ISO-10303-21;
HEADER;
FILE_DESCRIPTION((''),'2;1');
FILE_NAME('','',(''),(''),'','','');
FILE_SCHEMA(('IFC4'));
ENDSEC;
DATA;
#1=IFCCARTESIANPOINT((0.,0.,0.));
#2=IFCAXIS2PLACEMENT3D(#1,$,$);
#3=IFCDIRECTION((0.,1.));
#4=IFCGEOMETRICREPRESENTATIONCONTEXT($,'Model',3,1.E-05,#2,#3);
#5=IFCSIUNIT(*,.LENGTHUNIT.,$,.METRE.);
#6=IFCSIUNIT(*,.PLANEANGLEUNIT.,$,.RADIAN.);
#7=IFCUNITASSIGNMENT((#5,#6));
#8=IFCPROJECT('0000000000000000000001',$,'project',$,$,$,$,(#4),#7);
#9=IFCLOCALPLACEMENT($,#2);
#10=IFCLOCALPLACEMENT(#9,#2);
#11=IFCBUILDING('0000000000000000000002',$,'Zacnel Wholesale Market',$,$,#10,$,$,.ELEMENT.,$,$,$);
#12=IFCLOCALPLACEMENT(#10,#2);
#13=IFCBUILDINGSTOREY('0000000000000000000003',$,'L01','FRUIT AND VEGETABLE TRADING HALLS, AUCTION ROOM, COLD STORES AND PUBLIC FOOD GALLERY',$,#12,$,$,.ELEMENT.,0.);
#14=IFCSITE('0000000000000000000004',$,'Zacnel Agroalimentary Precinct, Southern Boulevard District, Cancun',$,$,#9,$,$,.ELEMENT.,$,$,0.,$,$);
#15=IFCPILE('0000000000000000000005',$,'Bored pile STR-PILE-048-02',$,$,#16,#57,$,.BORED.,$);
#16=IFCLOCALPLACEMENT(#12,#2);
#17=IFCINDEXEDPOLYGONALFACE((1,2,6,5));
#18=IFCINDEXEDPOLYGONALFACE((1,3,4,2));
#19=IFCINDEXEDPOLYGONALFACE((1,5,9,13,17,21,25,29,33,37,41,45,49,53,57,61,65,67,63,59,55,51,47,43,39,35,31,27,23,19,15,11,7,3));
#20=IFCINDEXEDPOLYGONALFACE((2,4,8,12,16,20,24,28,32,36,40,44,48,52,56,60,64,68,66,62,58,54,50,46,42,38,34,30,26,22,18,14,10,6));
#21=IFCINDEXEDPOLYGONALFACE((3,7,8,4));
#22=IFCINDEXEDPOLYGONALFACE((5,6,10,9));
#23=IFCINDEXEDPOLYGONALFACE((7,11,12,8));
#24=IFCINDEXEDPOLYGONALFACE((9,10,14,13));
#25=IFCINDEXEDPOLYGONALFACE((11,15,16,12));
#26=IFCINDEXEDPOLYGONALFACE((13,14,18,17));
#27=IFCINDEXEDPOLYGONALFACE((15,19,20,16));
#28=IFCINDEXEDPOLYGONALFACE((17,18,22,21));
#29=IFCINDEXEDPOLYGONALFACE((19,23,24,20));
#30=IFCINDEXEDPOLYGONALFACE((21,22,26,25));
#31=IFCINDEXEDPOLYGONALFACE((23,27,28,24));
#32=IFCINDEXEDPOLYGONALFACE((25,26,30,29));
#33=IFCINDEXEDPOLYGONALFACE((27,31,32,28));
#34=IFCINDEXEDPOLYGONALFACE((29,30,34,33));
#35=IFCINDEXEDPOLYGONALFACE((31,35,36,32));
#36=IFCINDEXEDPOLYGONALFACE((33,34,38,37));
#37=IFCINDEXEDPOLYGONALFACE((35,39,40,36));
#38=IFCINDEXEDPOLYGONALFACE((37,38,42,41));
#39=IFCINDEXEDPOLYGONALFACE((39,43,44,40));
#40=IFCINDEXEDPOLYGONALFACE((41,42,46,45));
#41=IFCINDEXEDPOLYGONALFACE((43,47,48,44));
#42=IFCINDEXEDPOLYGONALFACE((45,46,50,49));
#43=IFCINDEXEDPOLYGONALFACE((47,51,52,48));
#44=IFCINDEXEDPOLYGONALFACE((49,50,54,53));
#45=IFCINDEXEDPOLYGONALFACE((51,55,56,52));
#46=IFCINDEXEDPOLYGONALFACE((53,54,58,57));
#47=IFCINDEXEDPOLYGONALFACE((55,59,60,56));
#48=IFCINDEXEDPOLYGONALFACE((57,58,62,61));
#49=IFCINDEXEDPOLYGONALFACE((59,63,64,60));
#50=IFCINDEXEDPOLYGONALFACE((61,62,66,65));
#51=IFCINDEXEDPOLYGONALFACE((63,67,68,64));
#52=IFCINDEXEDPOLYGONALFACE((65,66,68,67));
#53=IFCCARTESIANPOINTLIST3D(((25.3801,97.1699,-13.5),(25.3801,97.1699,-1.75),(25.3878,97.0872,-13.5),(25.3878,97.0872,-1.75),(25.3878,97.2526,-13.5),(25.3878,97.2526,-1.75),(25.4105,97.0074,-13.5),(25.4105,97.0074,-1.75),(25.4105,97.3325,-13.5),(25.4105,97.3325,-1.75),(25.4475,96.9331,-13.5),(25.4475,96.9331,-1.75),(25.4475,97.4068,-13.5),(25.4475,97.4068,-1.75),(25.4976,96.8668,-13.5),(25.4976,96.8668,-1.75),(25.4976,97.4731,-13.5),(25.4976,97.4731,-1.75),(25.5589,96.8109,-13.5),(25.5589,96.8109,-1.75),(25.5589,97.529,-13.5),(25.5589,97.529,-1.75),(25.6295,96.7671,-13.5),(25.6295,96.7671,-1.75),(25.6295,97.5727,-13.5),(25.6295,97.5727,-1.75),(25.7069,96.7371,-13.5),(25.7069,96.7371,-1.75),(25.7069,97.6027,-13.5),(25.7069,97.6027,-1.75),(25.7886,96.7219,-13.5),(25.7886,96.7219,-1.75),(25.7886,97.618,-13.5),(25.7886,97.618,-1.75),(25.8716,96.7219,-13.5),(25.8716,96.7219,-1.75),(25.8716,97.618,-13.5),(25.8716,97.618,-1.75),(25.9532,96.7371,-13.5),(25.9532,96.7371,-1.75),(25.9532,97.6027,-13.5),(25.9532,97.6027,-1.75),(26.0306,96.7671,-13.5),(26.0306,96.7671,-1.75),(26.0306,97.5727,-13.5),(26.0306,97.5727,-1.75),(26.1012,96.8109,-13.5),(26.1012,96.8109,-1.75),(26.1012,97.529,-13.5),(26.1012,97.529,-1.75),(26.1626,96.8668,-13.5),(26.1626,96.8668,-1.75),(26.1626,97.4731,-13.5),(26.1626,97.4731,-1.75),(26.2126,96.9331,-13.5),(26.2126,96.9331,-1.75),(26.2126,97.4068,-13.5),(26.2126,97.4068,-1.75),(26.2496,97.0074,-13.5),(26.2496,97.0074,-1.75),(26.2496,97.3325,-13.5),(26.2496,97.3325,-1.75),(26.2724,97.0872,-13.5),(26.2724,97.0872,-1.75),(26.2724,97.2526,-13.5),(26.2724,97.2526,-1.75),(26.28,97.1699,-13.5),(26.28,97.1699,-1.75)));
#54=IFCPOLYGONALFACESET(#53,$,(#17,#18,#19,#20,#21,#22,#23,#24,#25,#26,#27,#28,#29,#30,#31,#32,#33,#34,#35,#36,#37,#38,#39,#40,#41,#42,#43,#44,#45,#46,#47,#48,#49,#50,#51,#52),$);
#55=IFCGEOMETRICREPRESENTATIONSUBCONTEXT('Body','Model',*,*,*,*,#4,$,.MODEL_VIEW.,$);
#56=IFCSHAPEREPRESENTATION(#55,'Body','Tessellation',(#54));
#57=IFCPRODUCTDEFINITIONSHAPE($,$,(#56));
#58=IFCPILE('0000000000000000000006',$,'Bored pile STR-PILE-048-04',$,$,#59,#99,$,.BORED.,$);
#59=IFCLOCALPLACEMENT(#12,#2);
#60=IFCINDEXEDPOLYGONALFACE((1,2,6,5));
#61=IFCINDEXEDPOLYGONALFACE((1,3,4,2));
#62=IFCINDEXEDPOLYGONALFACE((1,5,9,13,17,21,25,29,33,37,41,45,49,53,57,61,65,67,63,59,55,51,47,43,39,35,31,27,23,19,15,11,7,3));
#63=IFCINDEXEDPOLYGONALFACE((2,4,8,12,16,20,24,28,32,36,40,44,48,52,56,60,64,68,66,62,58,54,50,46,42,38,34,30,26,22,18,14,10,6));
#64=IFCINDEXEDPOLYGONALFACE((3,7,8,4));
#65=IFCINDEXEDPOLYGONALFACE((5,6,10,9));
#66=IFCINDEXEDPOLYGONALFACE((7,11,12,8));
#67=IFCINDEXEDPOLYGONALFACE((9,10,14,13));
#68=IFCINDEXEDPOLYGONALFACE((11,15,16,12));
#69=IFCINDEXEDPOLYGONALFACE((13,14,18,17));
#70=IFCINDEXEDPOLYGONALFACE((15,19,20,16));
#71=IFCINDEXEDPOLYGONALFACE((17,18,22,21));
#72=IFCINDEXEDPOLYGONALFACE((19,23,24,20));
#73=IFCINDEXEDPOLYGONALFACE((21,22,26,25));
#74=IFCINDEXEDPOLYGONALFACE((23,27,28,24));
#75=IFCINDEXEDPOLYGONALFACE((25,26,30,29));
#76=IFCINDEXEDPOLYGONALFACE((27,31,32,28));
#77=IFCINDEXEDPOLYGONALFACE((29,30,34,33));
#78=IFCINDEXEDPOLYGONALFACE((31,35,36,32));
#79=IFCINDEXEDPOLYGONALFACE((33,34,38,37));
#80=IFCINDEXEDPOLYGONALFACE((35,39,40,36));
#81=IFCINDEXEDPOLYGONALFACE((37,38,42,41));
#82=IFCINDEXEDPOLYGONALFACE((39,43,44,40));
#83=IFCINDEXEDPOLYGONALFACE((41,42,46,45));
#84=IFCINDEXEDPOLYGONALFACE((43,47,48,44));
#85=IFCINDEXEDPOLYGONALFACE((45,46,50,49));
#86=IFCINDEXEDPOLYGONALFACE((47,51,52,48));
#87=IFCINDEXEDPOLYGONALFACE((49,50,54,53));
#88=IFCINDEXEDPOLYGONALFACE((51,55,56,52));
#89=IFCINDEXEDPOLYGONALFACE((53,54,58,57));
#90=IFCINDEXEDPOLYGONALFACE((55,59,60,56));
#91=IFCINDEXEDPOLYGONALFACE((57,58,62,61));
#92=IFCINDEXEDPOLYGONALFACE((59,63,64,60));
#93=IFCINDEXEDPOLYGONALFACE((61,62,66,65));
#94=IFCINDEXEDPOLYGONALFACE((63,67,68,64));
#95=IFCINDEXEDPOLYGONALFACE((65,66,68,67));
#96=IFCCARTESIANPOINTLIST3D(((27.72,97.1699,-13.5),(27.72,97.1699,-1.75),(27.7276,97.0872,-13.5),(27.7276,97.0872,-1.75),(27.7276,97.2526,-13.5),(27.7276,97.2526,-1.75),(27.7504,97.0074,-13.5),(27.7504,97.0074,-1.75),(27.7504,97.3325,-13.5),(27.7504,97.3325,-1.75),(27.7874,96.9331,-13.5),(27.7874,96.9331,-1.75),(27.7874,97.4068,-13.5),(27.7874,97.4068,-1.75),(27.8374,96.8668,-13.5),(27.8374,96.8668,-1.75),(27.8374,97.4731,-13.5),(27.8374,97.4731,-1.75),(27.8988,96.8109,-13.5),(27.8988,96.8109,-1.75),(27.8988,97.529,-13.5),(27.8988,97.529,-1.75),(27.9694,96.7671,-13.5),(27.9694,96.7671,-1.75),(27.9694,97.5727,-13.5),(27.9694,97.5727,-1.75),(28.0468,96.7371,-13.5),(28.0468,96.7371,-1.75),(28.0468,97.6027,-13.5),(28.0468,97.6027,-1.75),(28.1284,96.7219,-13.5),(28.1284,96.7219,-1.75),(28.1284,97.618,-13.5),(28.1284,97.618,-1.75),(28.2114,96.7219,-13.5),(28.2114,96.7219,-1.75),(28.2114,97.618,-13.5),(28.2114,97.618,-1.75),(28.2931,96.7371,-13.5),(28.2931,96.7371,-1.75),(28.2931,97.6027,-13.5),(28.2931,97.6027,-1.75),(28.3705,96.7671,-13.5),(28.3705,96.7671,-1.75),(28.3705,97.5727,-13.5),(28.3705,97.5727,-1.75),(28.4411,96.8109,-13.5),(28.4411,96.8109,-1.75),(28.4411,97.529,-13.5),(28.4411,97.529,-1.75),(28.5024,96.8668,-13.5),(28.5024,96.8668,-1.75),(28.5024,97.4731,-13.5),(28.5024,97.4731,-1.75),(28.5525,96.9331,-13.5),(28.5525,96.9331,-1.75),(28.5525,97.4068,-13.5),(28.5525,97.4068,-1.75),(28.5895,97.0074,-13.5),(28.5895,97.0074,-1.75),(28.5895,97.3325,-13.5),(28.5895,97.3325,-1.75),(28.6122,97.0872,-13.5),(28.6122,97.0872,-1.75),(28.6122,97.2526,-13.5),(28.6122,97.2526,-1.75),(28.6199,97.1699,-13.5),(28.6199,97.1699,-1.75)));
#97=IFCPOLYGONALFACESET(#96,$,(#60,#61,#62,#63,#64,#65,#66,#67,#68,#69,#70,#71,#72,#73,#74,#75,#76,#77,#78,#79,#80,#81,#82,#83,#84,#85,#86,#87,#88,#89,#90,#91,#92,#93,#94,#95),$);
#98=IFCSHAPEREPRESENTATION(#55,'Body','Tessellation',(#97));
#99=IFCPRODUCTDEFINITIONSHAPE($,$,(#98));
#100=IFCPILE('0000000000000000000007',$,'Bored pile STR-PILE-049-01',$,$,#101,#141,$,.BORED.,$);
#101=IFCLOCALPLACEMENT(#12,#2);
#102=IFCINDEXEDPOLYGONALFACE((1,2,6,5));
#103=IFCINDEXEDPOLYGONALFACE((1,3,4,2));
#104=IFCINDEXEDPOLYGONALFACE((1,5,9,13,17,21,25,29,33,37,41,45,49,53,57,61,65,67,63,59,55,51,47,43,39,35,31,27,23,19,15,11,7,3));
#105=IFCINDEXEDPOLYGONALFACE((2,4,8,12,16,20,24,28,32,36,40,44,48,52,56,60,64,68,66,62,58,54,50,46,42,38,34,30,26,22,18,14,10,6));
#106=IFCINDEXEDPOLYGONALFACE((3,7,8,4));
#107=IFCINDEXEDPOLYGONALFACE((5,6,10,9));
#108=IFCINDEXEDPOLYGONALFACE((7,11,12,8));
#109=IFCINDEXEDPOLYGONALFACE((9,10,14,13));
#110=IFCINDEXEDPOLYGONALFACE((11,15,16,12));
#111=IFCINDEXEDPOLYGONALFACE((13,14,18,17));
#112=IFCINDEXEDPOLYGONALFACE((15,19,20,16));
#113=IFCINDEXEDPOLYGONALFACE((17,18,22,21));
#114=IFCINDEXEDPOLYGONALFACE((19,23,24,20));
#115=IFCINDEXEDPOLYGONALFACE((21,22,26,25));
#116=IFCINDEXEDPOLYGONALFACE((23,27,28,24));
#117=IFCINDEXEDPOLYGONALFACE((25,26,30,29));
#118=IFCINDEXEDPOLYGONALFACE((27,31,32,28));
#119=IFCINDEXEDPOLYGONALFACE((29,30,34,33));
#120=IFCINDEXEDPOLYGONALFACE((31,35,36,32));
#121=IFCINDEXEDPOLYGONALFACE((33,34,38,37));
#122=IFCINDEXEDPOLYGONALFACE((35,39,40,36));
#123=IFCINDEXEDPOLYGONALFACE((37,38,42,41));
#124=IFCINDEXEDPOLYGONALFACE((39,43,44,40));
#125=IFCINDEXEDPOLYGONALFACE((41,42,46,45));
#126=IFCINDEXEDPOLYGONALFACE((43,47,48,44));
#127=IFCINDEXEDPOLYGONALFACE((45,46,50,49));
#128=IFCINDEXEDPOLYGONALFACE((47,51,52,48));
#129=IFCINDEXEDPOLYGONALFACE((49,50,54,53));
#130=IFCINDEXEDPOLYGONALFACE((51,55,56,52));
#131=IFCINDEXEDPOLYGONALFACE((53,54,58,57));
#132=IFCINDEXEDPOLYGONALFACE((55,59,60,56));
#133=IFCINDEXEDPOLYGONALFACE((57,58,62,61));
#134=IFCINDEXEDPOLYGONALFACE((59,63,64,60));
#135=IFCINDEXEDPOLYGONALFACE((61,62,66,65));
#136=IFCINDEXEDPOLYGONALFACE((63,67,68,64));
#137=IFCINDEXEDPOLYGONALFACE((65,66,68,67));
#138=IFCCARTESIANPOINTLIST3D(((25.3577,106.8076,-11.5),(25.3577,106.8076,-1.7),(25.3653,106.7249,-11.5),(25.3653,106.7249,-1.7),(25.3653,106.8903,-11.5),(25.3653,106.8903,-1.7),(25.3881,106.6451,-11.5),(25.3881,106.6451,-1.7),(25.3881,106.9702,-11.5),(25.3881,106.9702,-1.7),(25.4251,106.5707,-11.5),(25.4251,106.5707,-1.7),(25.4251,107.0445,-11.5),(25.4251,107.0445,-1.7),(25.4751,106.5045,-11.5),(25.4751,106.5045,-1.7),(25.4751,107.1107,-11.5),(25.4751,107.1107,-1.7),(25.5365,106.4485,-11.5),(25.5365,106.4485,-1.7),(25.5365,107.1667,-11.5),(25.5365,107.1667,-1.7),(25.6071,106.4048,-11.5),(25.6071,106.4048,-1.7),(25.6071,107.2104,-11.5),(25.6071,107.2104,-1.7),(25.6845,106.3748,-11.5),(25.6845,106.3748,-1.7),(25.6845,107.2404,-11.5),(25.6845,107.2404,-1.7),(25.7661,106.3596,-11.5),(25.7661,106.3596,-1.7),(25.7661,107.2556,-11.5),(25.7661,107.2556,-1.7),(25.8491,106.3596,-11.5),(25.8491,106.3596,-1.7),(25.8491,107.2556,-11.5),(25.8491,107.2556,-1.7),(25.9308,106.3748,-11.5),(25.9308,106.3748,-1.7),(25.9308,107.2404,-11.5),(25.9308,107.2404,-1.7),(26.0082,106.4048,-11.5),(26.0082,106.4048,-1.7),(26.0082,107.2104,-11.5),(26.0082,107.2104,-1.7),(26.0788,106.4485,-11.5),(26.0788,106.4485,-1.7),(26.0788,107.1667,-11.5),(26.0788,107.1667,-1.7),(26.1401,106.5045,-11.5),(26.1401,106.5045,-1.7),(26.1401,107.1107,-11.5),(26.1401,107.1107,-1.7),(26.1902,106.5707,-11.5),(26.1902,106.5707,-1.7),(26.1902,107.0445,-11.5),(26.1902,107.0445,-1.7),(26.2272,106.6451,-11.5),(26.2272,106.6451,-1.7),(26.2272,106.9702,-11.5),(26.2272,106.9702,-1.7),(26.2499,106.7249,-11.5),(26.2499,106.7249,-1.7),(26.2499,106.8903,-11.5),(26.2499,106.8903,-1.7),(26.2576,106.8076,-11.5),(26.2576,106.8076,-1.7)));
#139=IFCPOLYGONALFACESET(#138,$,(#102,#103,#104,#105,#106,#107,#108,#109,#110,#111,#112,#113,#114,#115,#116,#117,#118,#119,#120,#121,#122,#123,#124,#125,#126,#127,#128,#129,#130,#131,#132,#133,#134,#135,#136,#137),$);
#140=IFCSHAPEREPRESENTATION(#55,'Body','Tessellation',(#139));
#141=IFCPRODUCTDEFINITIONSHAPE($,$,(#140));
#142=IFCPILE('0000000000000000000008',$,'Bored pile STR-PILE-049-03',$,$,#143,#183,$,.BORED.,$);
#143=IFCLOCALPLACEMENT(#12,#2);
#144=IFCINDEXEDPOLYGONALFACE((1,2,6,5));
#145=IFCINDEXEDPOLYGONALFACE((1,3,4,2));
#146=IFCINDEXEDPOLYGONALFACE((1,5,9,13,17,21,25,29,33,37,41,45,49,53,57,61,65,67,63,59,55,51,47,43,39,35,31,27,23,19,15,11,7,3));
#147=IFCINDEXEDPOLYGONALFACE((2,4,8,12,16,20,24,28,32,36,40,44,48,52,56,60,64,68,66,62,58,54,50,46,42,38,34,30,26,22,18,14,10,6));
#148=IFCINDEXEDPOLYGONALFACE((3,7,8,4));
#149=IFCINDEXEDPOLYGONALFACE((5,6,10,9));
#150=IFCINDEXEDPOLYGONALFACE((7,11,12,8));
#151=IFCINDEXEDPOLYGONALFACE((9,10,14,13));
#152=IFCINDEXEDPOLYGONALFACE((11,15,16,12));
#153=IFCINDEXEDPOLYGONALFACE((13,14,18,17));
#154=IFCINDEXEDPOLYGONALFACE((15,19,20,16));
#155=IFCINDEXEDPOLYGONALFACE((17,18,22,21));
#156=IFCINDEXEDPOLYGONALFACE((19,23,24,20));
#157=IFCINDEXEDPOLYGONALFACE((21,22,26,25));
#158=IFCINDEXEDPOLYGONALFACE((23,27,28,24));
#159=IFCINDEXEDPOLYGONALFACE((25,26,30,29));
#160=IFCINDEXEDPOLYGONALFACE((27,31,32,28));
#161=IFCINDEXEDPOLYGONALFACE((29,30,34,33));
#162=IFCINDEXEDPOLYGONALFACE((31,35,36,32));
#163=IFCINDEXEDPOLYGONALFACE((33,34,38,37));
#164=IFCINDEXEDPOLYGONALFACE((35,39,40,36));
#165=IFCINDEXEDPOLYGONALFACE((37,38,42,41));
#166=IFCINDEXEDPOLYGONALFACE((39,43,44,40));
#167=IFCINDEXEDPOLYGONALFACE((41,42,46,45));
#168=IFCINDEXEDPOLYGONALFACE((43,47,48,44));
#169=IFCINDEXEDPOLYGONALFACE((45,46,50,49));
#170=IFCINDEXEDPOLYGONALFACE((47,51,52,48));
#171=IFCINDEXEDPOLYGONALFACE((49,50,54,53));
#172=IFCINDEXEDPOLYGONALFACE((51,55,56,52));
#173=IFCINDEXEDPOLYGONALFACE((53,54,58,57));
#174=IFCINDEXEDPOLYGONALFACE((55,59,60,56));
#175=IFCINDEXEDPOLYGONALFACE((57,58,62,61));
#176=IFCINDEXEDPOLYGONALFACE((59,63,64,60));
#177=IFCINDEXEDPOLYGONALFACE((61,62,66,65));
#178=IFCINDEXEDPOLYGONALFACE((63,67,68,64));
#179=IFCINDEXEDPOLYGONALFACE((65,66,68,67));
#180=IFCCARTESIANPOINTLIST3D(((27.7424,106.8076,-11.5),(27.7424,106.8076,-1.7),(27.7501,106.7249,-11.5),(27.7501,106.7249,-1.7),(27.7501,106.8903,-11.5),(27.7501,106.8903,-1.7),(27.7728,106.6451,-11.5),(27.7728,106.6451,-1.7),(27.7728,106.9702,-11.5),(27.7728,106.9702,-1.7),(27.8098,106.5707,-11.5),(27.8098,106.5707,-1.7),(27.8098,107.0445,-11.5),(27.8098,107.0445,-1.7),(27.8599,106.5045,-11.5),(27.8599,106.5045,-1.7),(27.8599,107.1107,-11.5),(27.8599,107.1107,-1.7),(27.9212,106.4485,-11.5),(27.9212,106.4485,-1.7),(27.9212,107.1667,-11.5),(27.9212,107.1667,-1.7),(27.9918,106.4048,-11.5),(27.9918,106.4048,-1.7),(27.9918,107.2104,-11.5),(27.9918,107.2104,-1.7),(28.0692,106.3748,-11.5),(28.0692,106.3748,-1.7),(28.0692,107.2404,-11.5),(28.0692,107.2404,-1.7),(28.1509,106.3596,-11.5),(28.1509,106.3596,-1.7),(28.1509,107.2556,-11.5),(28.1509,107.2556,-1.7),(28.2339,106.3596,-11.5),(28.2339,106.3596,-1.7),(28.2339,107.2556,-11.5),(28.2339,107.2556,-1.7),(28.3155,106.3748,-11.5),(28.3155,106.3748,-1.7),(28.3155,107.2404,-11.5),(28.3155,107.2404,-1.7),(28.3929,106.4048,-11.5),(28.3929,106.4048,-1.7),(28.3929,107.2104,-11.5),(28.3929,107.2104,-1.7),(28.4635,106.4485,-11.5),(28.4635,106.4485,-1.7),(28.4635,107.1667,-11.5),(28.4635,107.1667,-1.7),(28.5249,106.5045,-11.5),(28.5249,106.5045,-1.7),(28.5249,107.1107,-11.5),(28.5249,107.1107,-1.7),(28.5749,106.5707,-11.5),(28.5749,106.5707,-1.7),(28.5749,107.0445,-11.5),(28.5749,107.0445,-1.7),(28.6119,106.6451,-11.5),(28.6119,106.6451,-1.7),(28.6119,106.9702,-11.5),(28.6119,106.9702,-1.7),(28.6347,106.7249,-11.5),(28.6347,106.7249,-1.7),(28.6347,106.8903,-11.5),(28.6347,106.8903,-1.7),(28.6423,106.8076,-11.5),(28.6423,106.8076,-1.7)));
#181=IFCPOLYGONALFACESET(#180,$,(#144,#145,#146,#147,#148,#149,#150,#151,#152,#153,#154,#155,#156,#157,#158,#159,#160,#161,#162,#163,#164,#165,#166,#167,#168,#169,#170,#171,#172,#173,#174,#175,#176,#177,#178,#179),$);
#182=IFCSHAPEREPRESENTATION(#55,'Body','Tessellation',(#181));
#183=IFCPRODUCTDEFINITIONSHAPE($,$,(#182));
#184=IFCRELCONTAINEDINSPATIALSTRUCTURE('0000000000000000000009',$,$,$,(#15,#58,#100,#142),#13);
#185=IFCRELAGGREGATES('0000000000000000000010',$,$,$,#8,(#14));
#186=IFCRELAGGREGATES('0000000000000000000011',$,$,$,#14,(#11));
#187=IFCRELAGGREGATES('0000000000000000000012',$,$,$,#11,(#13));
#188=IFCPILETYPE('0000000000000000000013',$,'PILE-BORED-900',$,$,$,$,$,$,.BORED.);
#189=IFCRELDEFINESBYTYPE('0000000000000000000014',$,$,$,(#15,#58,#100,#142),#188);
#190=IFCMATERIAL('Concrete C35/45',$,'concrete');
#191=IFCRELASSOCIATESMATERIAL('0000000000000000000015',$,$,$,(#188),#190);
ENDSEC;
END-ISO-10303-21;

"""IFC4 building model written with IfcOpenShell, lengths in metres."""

from ifc_helpers import new_model, si_unit, direction, frame, origin, origin_2d, place, context, subcontext, project, spatial, circle, extrude, material, material_profile, profile_set, type_object, element, save


model = new_model("IFC4")

# Units and contexts
model_context = context("Model", 3, precision=1e-05, world=origin(), true_north=direction((0.0, 1.0)))
body_context = subcontext(model_context, "Body", "Model", "MODEL_VIEW")
ifc_project = project(units=[si_unit("LENGTHUNIT", "METRE"), si_unit("PLANEANGLEUNIT", "RADIAN")], contexts=[model_context])

# Site, building, storey
site_placement = place(None, origin())
site = spatial("IfcSite", under=ifc_project, at=site_placement, Name="Zacnel Agroalimentary Precinct, Southern Boulevard District, Cancun", CompositionType="ELEMENT", RefElevation=0.0)
building_placement = place(site_placement, origin())
building = spatial("IfcBuilding", under=site, at=building_placement, Name="Zacnel Wholesale Market", CompositionType="ELEMENT")
storey_placement = place(building_placement, origin())
storey = spatial("IfcBuildingStorey", under=building, at=storey_placement, Name="L01", Description="FRUIT AND VEGETABLE TRADING HALLS, AUCTION ROOM, COLD STORES AND PUBLIC FOOD GALLERY", CompositionType="ELEMENT", Elevation=0.0)

# Piles
ifc_material_1 = material(Name="Concrete C35/45", Category="concrete")
ifc_material_profile_1 = material_profile(ifc_material_1, circle(Radius=0.45, at=origin_2d()), Name="BORED PILE D900")
ifc_profile_set_1 = profile_set([ifc_material_profile_1], Name="Concrete C35/45")
pile_type = type_object("IfcPileType", Name="PILE-BORED-900", PredefinedType="BORED", material=ifc_profile_set_1)
for number, where, z_axis, x_axis, name in (
    (1, (25.8301, 97.1699, -1.75), (0.0, 0.0, -1.0), (1.0, 0.0, 0.0), "Bored pile STR-PILE-048-02"),
    (2, (28.1699, 97.1699, -1.75), (0.0, 0.0, -1.0), (1.0, 0.0, 0.0), "Bored pile STR-PILE-048-04"),
):
    element("IfcPile", number, at=place(storey_placement, frame(where, z_axis=z_axis, x_axis=x_axis)), inside=storey, type_object=pile_type, Name=name, PredefinedType="BORED", context=body_context, shape_type="SweptSolid", body=[
        extrude(circle(Radius=0.45, at=origin_2d()), origin(), (0.0, 0.0, 1.0), 11.75),
    ])
for number, where, z_axis, x_axis, name in (
    (3, (25.8076, 106.8076, -1.7), (0.0, 0.0, -1.0), (1.0, 0.0, 0.0), "Bored pile STR-PILE-049-01"),
    (4, (28.1924, 106.8076, -1.7), (0.0, 0.0, -1.0), (1.0, 0.0, 0.0), "Bored pile STR-PILE-049-03"),
):
    element("IfcPile", number, at=place(storey_placement, frame(where, z_axis=z_axis, x_axis=x_axis)), inside=storey, type_object=pile_type, Name=name, PredefinedType="BORED", context=body_context, shape_type="SweptSolid", body=[
        extrude(circle(Radius=0.45, at=origin_2d()), origin(), (0.0, 0.0, 1.0), 9.8),
    ])

save(model, "model.ifc")
